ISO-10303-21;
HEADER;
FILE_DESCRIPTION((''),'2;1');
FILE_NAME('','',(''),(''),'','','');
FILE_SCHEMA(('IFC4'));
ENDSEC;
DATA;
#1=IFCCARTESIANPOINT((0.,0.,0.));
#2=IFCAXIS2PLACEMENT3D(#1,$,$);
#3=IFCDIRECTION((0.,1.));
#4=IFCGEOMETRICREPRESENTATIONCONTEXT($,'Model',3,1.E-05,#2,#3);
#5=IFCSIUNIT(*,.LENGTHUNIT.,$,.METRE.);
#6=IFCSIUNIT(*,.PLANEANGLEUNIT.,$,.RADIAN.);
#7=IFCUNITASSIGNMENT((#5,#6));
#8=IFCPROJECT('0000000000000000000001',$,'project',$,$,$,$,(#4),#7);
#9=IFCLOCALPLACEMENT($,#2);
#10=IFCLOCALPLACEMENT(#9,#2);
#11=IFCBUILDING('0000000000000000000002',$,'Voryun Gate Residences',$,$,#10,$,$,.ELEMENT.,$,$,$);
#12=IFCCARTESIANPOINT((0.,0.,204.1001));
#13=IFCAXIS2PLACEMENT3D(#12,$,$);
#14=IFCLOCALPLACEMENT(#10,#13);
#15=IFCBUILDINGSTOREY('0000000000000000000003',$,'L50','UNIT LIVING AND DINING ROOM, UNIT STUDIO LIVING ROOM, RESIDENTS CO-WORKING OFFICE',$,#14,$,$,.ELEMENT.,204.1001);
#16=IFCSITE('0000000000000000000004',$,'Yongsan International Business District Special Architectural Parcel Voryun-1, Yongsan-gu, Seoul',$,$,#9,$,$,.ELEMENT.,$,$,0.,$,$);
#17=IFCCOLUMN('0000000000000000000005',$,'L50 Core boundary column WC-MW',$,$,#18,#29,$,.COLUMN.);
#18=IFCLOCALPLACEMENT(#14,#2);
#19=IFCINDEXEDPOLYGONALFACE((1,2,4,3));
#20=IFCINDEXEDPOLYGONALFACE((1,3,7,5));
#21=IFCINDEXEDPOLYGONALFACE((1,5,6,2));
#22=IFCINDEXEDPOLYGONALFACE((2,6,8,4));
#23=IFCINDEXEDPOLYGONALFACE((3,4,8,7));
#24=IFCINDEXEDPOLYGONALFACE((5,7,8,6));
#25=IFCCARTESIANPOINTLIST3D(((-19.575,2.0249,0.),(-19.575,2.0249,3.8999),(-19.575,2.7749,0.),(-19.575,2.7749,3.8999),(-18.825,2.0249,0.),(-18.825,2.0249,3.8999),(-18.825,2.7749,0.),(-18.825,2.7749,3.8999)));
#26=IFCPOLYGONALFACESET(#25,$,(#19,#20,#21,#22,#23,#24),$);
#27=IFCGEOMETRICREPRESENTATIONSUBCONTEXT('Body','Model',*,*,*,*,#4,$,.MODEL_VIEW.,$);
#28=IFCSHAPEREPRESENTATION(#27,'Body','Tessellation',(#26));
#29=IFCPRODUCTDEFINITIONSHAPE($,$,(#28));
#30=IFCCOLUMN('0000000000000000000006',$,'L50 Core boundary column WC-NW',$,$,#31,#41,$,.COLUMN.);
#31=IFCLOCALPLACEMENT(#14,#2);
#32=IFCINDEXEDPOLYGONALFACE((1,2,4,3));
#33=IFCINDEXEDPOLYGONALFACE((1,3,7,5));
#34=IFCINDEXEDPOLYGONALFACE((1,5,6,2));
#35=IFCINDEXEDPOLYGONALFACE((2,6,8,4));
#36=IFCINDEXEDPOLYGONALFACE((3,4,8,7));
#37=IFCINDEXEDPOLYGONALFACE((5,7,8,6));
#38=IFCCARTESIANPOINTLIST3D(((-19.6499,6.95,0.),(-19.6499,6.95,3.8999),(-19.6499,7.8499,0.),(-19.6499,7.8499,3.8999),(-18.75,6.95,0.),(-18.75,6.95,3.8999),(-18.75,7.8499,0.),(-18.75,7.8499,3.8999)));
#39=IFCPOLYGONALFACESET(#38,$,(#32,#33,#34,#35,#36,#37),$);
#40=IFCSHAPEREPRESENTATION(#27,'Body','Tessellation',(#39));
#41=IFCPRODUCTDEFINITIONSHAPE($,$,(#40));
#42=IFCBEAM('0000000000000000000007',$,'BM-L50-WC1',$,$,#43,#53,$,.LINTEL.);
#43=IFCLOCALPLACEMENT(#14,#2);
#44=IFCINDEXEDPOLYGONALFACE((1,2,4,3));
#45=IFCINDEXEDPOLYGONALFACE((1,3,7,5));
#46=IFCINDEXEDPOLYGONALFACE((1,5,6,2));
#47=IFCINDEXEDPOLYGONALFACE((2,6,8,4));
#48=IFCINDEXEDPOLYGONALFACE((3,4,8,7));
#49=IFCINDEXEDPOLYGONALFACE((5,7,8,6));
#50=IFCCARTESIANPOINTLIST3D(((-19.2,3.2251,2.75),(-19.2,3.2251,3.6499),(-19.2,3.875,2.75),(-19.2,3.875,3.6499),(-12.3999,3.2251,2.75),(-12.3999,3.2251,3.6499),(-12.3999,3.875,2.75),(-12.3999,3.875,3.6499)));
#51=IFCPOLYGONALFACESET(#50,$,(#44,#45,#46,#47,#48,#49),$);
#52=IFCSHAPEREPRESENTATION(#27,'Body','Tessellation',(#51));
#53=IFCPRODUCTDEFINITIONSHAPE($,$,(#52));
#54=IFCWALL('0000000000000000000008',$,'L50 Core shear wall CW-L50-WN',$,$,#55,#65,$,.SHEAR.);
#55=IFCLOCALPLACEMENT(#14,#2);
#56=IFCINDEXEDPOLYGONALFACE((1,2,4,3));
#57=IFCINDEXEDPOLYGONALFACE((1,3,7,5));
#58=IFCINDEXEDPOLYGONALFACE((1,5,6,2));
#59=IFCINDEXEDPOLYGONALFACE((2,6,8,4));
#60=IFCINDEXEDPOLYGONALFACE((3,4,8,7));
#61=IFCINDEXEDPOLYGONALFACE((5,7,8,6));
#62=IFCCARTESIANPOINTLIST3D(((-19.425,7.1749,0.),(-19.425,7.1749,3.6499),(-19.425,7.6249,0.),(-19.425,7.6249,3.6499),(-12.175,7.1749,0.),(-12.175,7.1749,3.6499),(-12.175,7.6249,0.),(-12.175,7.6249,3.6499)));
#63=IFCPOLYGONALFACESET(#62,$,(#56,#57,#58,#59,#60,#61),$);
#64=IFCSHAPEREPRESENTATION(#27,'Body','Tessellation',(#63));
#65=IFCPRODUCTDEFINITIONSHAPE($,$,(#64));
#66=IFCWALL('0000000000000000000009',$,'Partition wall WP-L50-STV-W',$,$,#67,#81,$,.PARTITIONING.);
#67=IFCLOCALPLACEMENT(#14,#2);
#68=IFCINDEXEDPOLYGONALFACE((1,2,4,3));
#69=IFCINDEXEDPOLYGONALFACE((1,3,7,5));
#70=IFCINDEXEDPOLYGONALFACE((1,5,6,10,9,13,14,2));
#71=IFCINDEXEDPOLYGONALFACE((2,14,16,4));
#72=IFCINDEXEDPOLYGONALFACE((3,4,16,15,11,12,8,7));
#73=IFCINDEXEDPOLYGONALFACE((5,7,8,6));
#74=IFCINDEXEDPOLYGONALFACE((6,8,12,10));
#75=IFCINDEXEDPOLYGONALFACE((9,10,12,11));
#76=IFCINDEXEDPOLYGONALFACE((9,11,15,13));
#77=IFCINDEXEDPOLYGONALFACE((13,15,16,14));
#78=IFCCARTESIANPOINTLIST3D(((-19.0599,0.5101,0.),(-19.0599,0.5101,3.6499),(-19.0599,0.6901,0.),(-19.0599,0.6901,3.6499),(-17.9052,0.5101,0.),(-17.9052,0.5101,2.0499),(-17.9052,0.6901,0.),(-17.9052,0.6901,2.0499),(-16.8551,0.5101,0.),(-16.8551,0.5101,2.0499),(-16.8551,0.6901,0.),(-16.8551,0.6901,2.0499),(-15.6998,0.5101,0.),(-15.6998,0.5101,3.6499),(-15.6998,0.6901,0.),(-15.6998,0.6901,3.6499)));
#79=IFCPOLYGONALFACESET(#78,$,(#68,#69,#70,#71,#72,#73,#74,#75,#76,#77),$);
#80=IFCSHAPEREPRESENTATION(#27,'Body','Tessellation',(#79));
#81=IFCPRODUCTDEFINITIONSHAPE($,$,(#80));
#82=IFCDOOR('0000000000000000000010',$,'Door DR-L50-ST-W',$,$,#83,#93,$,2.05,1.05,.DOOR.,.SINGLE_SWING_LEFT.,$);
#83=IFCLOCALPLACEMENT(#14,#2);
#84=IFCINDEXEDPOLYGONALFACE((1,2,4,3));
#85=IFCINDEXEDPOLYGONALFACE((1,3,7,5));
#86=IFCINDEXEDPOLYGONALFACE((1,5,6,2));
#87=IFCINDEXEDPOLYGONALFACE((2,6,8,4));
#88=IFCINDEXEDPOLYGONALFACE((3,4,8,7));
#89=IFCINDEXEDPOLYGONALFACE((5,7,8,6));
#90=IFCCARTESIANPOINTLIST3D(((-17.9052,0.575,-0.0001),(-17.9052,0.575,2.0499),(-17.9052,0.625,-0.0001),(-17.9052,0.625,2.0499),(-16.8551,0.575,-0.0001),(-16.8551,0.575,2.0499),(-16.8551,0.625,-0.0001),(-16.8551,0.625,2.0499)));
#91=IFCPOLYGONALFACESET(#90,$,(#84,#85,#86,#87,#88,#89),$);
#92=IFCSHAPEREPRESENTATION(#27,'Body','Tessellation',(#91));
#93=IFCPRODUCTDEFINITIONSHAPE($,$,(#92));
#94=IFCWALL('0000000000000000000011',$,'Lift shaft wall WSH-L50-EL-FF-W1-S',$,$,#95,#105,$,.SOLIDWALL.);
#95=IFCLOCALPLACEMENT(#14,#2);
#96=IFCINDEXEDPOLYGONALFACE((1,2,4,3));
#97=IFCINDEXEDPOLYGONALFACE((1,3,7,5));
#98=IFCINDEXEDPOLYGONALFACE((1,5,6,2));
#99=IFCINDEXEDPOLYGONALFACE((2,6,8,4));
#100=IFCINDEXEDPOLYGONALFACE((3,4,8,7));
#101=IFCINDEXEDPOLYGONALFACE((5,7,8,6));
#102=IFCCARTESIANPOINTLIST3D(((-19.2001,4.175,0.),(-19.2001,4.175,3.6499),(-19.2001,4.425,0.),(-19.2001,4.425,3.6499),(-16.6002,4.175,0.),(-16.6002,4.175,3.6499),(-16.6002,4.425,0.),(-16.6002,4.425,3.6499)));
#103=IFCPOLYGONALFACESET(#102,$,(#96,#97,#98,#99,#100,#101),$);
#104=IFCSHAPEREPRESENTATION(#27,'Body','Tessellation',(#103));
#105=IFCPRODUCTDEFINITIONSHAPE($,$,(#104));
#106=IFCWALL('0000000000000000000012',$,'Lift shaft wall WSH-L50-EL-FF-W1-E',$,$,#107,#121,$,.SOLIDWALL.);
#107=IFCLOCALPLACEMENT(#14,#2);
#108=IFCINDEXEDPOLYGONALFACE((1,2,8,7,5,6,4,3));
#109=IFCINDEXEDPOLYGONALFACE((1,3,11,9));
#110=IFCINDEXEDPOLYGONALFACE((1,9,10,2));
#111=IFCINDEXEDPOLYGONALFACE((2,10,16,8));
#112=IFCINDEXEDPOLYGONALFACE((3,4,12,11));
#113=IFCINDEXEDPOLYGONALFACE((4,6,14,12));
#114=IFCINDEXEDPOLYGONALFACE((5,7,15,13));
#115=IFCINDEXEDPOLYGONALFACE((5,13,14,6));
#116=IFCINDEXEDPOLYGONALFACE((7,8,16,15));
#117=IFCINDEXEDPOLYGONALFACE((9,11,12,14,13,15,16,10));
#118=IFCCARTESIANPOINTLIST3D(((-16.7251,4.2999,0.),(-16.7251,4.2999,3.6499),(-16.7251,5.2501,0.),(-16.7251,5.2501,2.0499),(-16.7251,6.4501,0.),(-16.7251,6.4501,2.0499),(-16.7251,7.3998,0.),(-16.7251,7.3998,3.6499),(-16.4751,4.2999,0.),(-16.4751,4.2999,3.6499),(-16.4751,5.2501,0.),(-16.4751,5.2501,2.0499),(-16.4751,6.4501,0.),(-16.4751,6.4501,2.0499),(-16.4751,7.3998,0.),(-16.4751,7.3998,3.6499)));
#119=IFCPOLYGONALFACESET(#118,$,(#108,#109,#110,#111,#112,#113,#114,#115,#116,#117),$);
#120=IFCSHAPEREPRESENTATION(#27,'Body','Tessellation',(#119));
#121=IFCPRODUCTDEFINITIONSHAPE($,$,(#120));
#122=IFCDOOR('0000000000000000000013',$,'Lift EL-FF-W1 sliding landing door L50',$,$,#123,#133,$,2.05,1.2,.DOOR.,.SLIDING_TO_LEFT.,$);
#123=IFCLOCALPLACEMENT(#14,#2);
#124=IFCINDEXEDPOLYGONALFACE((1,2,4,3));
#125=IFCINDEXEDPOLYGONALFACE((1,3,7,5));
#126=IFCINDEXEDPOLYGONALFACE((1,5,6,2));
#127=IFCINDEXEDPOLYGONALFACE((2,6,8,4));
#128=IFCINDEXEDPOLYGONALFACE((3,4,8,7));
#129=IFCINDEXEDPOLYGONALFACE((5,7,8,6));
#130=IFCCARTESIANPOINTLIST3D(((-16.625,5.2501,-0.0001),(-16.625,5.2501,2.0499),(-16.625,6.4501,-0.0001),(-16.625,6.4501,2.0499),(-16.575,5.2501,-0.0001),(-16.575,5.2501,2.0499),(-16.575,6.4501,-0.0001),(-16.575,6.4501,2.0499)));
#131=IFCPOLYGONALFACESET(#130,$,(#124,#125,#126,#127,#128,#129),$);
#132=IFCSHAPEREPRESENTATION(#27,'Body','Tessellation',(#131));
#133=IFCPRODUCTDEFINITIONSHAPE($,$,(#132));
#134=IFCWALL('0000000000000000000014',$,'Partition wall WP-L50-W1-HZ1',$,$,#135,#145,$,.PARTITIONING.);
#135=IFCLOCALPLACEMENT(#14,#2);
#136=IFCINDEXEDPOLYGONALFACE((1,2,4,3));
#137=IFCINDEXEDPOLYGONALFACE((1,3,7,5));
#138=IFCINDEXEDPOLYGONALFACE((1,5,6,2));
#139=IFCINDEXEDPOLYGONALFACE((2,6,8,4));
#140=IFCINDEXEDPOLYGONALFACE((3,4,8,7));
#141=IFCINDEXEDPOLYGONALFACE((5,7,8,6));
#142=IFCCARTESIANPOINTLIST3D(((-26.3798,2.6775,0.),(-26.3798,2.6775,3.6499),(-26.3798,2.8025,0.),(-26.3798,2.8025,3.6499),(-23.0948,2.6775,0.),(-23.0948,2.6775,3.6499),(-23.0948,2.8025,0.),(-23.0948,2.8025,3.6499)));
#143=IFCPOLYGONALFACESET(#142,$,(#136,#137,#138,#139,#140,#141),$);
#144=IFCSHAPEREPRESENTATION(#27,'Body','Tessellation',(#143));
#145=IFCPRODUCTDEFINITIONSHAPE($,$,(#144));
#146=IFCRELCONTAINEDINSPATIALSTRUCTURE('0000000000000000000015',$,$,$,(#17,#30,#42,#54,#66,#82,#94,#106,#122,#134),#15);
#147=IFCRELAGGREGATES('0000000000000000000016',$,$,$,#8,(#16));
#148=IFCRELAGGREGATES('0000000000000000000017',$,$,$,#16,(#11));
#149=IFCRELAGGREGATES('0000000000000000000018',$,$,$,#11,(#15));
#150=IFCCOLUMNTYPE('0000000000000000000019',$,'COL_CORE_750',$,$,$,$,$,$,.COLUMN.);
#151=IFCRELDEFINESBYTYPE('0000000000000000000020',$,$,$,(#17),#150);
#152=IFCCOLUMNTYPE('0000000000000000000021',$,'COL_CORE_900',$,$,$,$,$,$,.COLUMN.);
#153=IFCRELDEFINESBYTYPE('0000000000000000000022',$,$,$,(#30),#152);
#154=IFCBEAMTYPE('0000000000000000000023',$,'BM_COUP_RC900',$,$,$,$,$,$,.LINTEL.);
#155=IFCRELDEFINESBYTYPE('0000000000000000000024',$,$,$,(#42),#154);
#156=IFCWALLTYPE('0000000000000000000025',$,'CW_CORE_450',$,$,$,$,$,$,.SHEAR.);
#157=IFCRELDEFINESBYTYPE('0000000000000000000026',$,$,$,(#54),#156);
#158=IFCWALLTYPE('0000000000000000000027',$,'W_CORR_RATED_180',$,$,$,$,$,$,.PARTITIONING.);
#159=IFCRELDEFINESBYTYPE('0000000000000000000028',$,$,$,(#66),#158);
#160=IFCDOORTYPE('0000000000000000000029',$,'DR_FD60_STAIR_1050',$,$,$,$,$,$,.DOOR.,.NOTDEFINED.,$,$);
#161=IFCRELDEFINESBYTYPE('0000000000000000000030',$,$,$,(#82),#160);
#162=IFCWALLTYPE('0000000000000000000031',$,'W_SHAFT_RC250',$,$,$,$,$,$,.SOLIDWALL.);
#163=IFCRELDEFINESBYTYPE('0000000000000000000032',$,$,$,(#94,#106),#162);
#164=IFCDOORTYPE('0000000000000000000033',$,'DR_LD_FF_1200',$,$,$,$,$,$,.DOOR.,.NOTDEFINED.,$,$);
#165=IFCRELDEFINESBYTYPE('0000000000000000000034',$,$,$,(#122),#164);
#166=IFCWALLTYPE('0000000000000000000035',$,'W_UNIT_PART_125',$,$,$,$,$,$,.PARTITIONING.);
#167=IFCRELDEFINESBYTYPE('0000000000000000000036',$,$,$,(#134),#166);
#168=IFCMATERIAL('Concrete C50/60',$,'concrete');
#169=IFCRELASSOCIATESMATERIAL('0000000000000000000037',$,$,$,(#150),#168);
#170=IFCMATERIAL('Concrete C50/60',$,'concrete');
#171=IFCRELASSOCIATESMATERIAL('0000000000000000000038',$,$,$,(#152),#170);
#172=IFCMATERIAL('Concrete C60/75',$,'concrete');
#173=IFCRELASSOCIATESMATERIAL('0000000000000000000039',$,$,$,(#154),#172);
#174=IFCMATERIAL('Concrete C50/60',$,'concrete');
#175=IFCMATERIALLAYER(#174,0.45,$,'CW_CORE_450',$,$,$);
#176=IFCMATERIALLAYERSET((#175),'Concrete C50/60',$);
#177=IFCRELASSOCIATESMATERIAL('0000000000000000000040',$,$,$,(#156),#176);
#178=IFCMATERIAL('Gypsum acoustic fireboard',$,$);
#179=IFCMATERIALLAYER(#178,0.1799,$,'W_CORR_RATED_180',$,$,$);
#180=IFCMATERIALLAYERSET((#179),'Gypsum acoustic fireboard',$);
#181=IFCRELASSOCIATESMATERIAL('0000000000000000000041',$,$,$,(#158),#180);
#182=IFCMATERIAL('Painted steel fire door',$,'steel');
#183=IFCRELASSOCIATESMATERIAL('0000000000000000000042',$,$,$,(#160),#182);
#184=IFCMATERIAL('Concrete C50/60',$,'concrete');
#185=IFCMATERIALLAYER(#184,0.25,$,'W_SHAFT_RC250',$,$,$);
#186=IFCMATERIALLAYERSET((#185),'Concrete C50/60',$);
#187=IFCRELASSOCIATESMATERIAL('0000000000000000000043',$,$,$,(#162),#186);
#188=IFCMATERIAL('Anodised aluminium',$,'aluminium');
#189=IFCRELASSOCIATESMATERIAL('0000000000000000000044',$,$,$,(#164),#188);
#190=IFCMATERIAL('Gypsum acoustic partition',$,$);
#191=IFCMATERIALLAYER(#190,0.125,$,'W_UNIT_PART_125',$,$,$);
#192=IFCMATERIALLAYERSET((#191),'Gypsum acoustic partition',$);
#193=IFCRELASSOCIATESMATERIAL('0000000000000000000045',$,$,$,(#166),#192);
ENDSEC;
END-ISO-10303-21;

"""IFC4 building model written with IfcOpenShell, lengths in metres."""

from ifc_helpers import new_model, si_unit, direction, frame, frame_2d, origin, origin_2d, place, context, subcontext, project, spatial, rectangle, extrude, material, layer, layer_set, material_profile, profile_set, type_object, element, fill, save


model = new_model("IFC4")

# Units and contexts
model_context = context("Model", 3, precision=1e-05, world=origin(), true_north=direction((0.0, 1.0)))
body_context = subcontext(model_context, "Body", "Model", "MODEL_VIEW")
ifc_project = project(units=[si_unit("LENGTHUNIT", "METRE"), si_unit("PLANEANGLEUNIT", "RADIAN")], contexts=[model_context])

# Site, building, storey
site_placement = place(None, origin())
site = spatial("IfcSite", under=ifc_project, at=site_placement, Name="Yongsan International Business District Special Architectural Parcel Voryun-1, Yongsan-gu, Seoul", CompositionType="ELEMENT", RefElevation=0.0)
building_placement = place(site_placement, origin())
building = spatial("IfcBuilding", under=site, at=building_placement, Name="Voryun Gate Residences", CompositionType="ELEMENT")
storey_placement = place(building_placement, frame((0.0, 0.0, 204.1001)))
storey = spatial("IfcBuildingStorey", under=building, at=storey_placement, Name="L50", Description="UNIT LIVING AND DINING ROOM, UNIT STUDIO LIVING ROOM, RESIDENTS CO-WORKING OFFICE", CompositionType="ELEMENT", Elevation=204.1001)

# Columns
ifc_material_1 = material(Name="Concrete C50/60", Category="concrete")
ifc_material_profile_1 = material_profile(ifc_material_1, rectangle(XDim=0.75, YDim=0.75, at=origin_2d()), Name="RC-750x750")
ifc_profile_set_1 = profile_set([ifc_material_profile_1], Name="Concrete C50/60")
column_type_1 = type_object("IfcColumnType", Name="COL_CORE_750", PredefinedType="COLUMN", material=ifc_profile_set_1)
column_1_placement = place(storey_placement, frame((-19.2, 2.3999, 0.0), z_axis=(0.0, 0.0, 1.0), x_axis=(1.0, 0.0, 0.0)))
element("IfcColumn", 1, at=column_1_placement, inside=storey, type_object=column_type_1, Name="L50 Core boundary column WC-MW", PredefinedType="COLUMN", context=body_context, shape_type="SweptSolid", body=[
    extrude(rectangle(XDim=0.75, YDim=0.75, at=origin_2d()), origin(), (0.0, 0.0, 1.0), 3.8999),
])
ifc_material_2 = material(Name="Concrete C50/60", Category="concrete")
ifc_material_profile_2 = material_profile(ifc_material_2, rectangle(XDim=0.8999, YDim=0.8999, at=origin_2d()), Name="RC-900x900")
ifc_profile_set_2 = profile_set([ifc_material_profile_2], Name="Concrete C50/60")
column_type_2 = type_object("IfcColumnType", Name="COL_CORE_900", PredefinedType="COLUMN", material=ifc_profile_set_2)
column_2_placement = place(storey_placement, frame((-19.2, 7.3999, 0.0), z_axis=(0.0, 0.0, 1.0), x_axis=(1.0, 0.0, 0.0)))
element("IfcColumn", 2, at=column_2_placement, inside=storey, type_object=column_type_2, Name="L50 Core boundary column WC-NW", PredefinedType="COLUMN", context=body_context, shape_type="SweptSolid", body=[
    extrude(rectangle(XDim=0.8999, YDim=0.8999, at=origin_2d()), origin(), (0.0, 0.0, 1.0), 3.8999),
])

# Beam
ifc_material_3 = material(Name="Concrete C60/75", Category="concrete")
ifc_material_profile_3 = material_profile(ifc_material_3, rectangle(XDim=0.6499, YDim=0.8999, at=origin_2d()), Name="RC-650x900")
ifc_profile_set_3 = profile_set([ifc_material_profile_3], Name="Concrete C60/75")
beam_type = type_object("IfcBeamType", Name="BM_COUP_RC900", PredefinedType="LINTEL", material=ifc_profile_set_3)
beam_placement = place(storey_placement, frame((-19.2, 3.55, 3.2), z_axis=(1.0, 0.0, 0.0), x_axis=(0.0, 1.0, 0.0)))
element("IfcBeam", 3, at=beam_placement, inside=storey, type_object=beam_type, Name="BM-L50-WC1", PredefinedType="LINTEL", context=body_context, shape_type="SweptSolid", body=[
    extrude(rectangle(XDim=0.6499, YDim=0.8999, at=origin_2d()), origin(), (0.0, 0.0, 1.0), 6.8),
])

# Wall
ifc_material_4 = material(Name="Concrete C50/60", Category="concrete")
ifc_layer_1 = layer(ifc_material_4, 0.45, Name="CW_CORE_450")
ifc_layer_set_1 = layer_set([ifc_layer_1], Name="Concrete C50/60")
wall_type_1 = type_object("IfcWallType", Name="CW_CORE_450", PredefinedType="SHEAR", material=ifc_layer_set_1)
wall_1_placement = place(storey_placement, frame((-19.425, 7.3999, 0.0), z_axis=(0.0, 0.0, 1.0), x_axis=(1.0, 0.0, 0.0)))
element("IfcWall", 4, at=wall_1_placement, inside=storey, type_object=wall_type_1, Name="L50 Core shear wall CW-L50-WN", PredefinedType="SHEAR", context=body_context, shape_type="SweptSolid", body=[
    extrude(rectangle(XDim=7.25, YDim=0.45, at=frame_2d((3.625, 0.0))), origin(), (0.0, 0.0, 1.0), 3.6499),
])

# Wall, opening, door
ifc_material_5 = material(Name="Gypsum acoustic fireboard")
ifc_layer_2 = layer(ifc_material_5, 0.1799, Name="W_CORR_RATED_180")
ifc_layer_set_2 = layer_set([ifc_layer_2], Name="Gypsum acoustic fireboard")
wall_type_2 = type_object("IfcWallType", Name="W_CORR_RATED_180", PredefinedType="PARTITIONING", material=ifc_layer_set_2)
wall_2_placement = place(storey_placement, frame((-19.0601, 0.6001, 0.0), z_axis=(0.0, 0.0, 1.0), x_axis=(1.0, 0.0, 0.0)))
wall_2 = element("IfcWall", 5, at=wall_2_placement, inside=storey, type_object=wall_type_2, Name="Partition wall WP-L50-STV-W", PredefinedType="PARTITIONING", context=body_context, shape_type="SweptSolid", body=[
    extrude(rectangle(XDim=3.3601, YDim=0.1799, at=frame_2d((1.6802, 0.0))), origin(), (0.0, 0.0, 1.0), 3.6499),
])
opening_1_placement = place(wall_2_placement, frame((1.155, 0.0, 0.0)))
opening_1 = element("IfcOpeningElement", 6, at=opening_1_placement, cuts=wall_2, PredefinedType="OPENING", context=body_context, shape_type="SweptSolid", body=[
    extrude(rectangle(XDim=1.05, YDim=2.05, at=frame_2d((0.5249, 1.0249))), frame((0.0, 0.0999, 0.0), z_axis=(0.0, -1.0, 0.0), x_axis=(1.0, 0.0, 0.0)), (0.0, 0.0, 1.0), 0.2),
])
ifc_material_6 = material(Name="Painted steel fire door", Category="steel")
door_type_1 = type_object("IfcDoorType", Name="DR_FD60_STAIR_1050", OperationType="NOTDEFINED", PredefinedType="DOOR", material=ifc_material_6)
door_1_placement = place(opening_1_placement, origin())
door_1 = element("IfcDoor", 7, at=door_1_placement, inside=storey, type_object=door_type_1, Name="Door DR-L50-ST-W", OperationType="SINGLE_SWING_LEFT", OverallHeight=2.05, OverallWidth=1.05, PredefinedType="DOOR", context=body_context, shape_type="SweptSolid", body=[
    extrude(rectangle(XDim=1.05, YDim=2.05, at=frame_2d((0.5249, 1.0249))), frame((0.0, 0.0249, 0.0), z_axis=(0.0, -1.0, 0.0), x_axis=(1.0, 0.0, 0.0)), (0.0, 0.0, 1.0), 0.05),
])
fill(opening_1, door_1)

# Wall
ifc_material_7 = material(Name="Concrete C50/60", Category="concrete")
ifc_layer_3 = layer(ifc_material_7, 0.25, Name="W_SHAFT_RC250")
ifc_layer_set_3 = layer_set([ifc_layer_3], Name="Concrete C50/60")
wall_type_3 = type_object("IfcWallType", Name="W_SHAFT_RC250", PredefinedType="SOLIDWALL", material=ifc_layer_set_3)
wall_3_placement = place(storey_placement, frame((-19.2, 4.3, 0.0), z_axis=(0.0, 0.0, 1.0), x_axis=(1.0, 0.0, 0.0)))
element("IfcWall", 8, at=wall_3_placement, inside=storey, type_object=wall_type_3, Name="Lift shaft wall WSH-L50-EL-FF-W1-S", PredefinedType="SOLIDWALL", context=body_context, shape_type="SweptSolid", body=[
    extrude(rectangle(XDim=2.5999, YDim=0.25, at=frame_2d((1.2998, 0.0))), origin(), (0.0, 0.0, 1.0), 3.6499),
])

# Wall, opening, door
wall_4_placement = place(storey_placement, frame((-16.6001, 4.3, 0.0), z_axis=(0.0, 0.0, 1.0), x_axis=(0.0, 1.0, 0.0)))
wall_4 = element("IfcWall", 9, at=wall_4_placement, inside=storey, type_object=wall_type_3, Name="Lift shaft wall WSH-L50-EL-FF-W1-E", PredefinedType="SOLIDWALL", context=body_context, shape_type="SweptSolid", body=[
    extrude(rectangle(XDim=3.0999, YDim=0.25, at=frame_2d((1.5498, 0.0))), origin(), (0.0, 0.0, 1.0), 3.6499),
])
opening_2_placement = place(wall_4_placement, frame((0.95, 0.0, 0.0)))
opening_2 = element("IfcOpeningElement", 10, at=opening_2_placement, cuts=wall_4, PredefinedType="OPENING", context=body_context, shape_type="SweptSolid", body=[
    extrude(rectangle(XDim=1.2, YDim=2.05, at=frame_2d((0.6001, 1.0249))), frame((0.0, 0.135, 0.0), z_axis=(0.0, -1.0, 0.0), x_axis=(1.0, 0.0, 0.0)), (0.0, 0.0, 1.0), 0.27),
])
ifc_material_8 = material(Name="Anodised aluminium", Category="aluminium")
door_type_2 = type_object("IfcDoorType", Name="DR_LD_FF_1200", OperationType="NOTDEFINED", PredefinedType="DOOR", material=ifc_material_8)
door_2_placement = place(opening_2_placement, origin())
door_2 = element("IfcDoor", 11, at=door_2_placement, inside=storey, type_object=door_type_2, Name="Lift EL-FF-W1 sliding landing door L50", OperationType="SLIDING_TO_LEFT", OverallHeight=2.05, OverallWidth=1.2, PredefinedType="DOOR", context=body_context, shape_type="SweptSolid", body=[
    extrude(rectangle(XDim=1.2, YDim=2.05, at=frame_2d((0.6001, 1.0249))), frame((0.0, 0.0249, 0.0), z_axis=(0.0, -1.0, 0.0), x_axis=(1.0, 0.0, 0.0)), (0.0, 0.0, 1.0), 0.05),
])
fill(opening_2, door_2)

# Wall
ifc_material_9 = material(Name="Gypsum acoustic partition")
ifc_layer_4 = layer(ifc_material_9, 0.125, Name="W_UNIT_PART_125")
ifc_layer_set_4 = layer_set([ifc_layer_4], Name="Gypsum acoustic partition")
wall_type_4 = type_object("IfcWallType", Name="W_UNIT_PART_125", PredefinedType="PARTITIONING", material=ifc_layer_set_4)
wall_5_placement = place(storey_placement, frame((-26.3799, 2.74, 0.0), z_axis=(0.0, 0.0, 1.0), x_axis=(1.0, 0.0, 0.0)))
element("IfcWall", 12, at=wall_5_placement, inside=storey, type_object=wall_type_4, Name="Partition wall WP-L50-W1-HZ1", PredefinedType="PARTITIONING", context=body_context, shape_type="SweptSolid", body=[
    extrude(rectangle(XDim=3.2849, YDim=0.125, at=frame_2d((1.6426, 0.0))), origin(), (0.0, 0.0, 1.0), 3.6499),
])

save(model, "model.ifc")
